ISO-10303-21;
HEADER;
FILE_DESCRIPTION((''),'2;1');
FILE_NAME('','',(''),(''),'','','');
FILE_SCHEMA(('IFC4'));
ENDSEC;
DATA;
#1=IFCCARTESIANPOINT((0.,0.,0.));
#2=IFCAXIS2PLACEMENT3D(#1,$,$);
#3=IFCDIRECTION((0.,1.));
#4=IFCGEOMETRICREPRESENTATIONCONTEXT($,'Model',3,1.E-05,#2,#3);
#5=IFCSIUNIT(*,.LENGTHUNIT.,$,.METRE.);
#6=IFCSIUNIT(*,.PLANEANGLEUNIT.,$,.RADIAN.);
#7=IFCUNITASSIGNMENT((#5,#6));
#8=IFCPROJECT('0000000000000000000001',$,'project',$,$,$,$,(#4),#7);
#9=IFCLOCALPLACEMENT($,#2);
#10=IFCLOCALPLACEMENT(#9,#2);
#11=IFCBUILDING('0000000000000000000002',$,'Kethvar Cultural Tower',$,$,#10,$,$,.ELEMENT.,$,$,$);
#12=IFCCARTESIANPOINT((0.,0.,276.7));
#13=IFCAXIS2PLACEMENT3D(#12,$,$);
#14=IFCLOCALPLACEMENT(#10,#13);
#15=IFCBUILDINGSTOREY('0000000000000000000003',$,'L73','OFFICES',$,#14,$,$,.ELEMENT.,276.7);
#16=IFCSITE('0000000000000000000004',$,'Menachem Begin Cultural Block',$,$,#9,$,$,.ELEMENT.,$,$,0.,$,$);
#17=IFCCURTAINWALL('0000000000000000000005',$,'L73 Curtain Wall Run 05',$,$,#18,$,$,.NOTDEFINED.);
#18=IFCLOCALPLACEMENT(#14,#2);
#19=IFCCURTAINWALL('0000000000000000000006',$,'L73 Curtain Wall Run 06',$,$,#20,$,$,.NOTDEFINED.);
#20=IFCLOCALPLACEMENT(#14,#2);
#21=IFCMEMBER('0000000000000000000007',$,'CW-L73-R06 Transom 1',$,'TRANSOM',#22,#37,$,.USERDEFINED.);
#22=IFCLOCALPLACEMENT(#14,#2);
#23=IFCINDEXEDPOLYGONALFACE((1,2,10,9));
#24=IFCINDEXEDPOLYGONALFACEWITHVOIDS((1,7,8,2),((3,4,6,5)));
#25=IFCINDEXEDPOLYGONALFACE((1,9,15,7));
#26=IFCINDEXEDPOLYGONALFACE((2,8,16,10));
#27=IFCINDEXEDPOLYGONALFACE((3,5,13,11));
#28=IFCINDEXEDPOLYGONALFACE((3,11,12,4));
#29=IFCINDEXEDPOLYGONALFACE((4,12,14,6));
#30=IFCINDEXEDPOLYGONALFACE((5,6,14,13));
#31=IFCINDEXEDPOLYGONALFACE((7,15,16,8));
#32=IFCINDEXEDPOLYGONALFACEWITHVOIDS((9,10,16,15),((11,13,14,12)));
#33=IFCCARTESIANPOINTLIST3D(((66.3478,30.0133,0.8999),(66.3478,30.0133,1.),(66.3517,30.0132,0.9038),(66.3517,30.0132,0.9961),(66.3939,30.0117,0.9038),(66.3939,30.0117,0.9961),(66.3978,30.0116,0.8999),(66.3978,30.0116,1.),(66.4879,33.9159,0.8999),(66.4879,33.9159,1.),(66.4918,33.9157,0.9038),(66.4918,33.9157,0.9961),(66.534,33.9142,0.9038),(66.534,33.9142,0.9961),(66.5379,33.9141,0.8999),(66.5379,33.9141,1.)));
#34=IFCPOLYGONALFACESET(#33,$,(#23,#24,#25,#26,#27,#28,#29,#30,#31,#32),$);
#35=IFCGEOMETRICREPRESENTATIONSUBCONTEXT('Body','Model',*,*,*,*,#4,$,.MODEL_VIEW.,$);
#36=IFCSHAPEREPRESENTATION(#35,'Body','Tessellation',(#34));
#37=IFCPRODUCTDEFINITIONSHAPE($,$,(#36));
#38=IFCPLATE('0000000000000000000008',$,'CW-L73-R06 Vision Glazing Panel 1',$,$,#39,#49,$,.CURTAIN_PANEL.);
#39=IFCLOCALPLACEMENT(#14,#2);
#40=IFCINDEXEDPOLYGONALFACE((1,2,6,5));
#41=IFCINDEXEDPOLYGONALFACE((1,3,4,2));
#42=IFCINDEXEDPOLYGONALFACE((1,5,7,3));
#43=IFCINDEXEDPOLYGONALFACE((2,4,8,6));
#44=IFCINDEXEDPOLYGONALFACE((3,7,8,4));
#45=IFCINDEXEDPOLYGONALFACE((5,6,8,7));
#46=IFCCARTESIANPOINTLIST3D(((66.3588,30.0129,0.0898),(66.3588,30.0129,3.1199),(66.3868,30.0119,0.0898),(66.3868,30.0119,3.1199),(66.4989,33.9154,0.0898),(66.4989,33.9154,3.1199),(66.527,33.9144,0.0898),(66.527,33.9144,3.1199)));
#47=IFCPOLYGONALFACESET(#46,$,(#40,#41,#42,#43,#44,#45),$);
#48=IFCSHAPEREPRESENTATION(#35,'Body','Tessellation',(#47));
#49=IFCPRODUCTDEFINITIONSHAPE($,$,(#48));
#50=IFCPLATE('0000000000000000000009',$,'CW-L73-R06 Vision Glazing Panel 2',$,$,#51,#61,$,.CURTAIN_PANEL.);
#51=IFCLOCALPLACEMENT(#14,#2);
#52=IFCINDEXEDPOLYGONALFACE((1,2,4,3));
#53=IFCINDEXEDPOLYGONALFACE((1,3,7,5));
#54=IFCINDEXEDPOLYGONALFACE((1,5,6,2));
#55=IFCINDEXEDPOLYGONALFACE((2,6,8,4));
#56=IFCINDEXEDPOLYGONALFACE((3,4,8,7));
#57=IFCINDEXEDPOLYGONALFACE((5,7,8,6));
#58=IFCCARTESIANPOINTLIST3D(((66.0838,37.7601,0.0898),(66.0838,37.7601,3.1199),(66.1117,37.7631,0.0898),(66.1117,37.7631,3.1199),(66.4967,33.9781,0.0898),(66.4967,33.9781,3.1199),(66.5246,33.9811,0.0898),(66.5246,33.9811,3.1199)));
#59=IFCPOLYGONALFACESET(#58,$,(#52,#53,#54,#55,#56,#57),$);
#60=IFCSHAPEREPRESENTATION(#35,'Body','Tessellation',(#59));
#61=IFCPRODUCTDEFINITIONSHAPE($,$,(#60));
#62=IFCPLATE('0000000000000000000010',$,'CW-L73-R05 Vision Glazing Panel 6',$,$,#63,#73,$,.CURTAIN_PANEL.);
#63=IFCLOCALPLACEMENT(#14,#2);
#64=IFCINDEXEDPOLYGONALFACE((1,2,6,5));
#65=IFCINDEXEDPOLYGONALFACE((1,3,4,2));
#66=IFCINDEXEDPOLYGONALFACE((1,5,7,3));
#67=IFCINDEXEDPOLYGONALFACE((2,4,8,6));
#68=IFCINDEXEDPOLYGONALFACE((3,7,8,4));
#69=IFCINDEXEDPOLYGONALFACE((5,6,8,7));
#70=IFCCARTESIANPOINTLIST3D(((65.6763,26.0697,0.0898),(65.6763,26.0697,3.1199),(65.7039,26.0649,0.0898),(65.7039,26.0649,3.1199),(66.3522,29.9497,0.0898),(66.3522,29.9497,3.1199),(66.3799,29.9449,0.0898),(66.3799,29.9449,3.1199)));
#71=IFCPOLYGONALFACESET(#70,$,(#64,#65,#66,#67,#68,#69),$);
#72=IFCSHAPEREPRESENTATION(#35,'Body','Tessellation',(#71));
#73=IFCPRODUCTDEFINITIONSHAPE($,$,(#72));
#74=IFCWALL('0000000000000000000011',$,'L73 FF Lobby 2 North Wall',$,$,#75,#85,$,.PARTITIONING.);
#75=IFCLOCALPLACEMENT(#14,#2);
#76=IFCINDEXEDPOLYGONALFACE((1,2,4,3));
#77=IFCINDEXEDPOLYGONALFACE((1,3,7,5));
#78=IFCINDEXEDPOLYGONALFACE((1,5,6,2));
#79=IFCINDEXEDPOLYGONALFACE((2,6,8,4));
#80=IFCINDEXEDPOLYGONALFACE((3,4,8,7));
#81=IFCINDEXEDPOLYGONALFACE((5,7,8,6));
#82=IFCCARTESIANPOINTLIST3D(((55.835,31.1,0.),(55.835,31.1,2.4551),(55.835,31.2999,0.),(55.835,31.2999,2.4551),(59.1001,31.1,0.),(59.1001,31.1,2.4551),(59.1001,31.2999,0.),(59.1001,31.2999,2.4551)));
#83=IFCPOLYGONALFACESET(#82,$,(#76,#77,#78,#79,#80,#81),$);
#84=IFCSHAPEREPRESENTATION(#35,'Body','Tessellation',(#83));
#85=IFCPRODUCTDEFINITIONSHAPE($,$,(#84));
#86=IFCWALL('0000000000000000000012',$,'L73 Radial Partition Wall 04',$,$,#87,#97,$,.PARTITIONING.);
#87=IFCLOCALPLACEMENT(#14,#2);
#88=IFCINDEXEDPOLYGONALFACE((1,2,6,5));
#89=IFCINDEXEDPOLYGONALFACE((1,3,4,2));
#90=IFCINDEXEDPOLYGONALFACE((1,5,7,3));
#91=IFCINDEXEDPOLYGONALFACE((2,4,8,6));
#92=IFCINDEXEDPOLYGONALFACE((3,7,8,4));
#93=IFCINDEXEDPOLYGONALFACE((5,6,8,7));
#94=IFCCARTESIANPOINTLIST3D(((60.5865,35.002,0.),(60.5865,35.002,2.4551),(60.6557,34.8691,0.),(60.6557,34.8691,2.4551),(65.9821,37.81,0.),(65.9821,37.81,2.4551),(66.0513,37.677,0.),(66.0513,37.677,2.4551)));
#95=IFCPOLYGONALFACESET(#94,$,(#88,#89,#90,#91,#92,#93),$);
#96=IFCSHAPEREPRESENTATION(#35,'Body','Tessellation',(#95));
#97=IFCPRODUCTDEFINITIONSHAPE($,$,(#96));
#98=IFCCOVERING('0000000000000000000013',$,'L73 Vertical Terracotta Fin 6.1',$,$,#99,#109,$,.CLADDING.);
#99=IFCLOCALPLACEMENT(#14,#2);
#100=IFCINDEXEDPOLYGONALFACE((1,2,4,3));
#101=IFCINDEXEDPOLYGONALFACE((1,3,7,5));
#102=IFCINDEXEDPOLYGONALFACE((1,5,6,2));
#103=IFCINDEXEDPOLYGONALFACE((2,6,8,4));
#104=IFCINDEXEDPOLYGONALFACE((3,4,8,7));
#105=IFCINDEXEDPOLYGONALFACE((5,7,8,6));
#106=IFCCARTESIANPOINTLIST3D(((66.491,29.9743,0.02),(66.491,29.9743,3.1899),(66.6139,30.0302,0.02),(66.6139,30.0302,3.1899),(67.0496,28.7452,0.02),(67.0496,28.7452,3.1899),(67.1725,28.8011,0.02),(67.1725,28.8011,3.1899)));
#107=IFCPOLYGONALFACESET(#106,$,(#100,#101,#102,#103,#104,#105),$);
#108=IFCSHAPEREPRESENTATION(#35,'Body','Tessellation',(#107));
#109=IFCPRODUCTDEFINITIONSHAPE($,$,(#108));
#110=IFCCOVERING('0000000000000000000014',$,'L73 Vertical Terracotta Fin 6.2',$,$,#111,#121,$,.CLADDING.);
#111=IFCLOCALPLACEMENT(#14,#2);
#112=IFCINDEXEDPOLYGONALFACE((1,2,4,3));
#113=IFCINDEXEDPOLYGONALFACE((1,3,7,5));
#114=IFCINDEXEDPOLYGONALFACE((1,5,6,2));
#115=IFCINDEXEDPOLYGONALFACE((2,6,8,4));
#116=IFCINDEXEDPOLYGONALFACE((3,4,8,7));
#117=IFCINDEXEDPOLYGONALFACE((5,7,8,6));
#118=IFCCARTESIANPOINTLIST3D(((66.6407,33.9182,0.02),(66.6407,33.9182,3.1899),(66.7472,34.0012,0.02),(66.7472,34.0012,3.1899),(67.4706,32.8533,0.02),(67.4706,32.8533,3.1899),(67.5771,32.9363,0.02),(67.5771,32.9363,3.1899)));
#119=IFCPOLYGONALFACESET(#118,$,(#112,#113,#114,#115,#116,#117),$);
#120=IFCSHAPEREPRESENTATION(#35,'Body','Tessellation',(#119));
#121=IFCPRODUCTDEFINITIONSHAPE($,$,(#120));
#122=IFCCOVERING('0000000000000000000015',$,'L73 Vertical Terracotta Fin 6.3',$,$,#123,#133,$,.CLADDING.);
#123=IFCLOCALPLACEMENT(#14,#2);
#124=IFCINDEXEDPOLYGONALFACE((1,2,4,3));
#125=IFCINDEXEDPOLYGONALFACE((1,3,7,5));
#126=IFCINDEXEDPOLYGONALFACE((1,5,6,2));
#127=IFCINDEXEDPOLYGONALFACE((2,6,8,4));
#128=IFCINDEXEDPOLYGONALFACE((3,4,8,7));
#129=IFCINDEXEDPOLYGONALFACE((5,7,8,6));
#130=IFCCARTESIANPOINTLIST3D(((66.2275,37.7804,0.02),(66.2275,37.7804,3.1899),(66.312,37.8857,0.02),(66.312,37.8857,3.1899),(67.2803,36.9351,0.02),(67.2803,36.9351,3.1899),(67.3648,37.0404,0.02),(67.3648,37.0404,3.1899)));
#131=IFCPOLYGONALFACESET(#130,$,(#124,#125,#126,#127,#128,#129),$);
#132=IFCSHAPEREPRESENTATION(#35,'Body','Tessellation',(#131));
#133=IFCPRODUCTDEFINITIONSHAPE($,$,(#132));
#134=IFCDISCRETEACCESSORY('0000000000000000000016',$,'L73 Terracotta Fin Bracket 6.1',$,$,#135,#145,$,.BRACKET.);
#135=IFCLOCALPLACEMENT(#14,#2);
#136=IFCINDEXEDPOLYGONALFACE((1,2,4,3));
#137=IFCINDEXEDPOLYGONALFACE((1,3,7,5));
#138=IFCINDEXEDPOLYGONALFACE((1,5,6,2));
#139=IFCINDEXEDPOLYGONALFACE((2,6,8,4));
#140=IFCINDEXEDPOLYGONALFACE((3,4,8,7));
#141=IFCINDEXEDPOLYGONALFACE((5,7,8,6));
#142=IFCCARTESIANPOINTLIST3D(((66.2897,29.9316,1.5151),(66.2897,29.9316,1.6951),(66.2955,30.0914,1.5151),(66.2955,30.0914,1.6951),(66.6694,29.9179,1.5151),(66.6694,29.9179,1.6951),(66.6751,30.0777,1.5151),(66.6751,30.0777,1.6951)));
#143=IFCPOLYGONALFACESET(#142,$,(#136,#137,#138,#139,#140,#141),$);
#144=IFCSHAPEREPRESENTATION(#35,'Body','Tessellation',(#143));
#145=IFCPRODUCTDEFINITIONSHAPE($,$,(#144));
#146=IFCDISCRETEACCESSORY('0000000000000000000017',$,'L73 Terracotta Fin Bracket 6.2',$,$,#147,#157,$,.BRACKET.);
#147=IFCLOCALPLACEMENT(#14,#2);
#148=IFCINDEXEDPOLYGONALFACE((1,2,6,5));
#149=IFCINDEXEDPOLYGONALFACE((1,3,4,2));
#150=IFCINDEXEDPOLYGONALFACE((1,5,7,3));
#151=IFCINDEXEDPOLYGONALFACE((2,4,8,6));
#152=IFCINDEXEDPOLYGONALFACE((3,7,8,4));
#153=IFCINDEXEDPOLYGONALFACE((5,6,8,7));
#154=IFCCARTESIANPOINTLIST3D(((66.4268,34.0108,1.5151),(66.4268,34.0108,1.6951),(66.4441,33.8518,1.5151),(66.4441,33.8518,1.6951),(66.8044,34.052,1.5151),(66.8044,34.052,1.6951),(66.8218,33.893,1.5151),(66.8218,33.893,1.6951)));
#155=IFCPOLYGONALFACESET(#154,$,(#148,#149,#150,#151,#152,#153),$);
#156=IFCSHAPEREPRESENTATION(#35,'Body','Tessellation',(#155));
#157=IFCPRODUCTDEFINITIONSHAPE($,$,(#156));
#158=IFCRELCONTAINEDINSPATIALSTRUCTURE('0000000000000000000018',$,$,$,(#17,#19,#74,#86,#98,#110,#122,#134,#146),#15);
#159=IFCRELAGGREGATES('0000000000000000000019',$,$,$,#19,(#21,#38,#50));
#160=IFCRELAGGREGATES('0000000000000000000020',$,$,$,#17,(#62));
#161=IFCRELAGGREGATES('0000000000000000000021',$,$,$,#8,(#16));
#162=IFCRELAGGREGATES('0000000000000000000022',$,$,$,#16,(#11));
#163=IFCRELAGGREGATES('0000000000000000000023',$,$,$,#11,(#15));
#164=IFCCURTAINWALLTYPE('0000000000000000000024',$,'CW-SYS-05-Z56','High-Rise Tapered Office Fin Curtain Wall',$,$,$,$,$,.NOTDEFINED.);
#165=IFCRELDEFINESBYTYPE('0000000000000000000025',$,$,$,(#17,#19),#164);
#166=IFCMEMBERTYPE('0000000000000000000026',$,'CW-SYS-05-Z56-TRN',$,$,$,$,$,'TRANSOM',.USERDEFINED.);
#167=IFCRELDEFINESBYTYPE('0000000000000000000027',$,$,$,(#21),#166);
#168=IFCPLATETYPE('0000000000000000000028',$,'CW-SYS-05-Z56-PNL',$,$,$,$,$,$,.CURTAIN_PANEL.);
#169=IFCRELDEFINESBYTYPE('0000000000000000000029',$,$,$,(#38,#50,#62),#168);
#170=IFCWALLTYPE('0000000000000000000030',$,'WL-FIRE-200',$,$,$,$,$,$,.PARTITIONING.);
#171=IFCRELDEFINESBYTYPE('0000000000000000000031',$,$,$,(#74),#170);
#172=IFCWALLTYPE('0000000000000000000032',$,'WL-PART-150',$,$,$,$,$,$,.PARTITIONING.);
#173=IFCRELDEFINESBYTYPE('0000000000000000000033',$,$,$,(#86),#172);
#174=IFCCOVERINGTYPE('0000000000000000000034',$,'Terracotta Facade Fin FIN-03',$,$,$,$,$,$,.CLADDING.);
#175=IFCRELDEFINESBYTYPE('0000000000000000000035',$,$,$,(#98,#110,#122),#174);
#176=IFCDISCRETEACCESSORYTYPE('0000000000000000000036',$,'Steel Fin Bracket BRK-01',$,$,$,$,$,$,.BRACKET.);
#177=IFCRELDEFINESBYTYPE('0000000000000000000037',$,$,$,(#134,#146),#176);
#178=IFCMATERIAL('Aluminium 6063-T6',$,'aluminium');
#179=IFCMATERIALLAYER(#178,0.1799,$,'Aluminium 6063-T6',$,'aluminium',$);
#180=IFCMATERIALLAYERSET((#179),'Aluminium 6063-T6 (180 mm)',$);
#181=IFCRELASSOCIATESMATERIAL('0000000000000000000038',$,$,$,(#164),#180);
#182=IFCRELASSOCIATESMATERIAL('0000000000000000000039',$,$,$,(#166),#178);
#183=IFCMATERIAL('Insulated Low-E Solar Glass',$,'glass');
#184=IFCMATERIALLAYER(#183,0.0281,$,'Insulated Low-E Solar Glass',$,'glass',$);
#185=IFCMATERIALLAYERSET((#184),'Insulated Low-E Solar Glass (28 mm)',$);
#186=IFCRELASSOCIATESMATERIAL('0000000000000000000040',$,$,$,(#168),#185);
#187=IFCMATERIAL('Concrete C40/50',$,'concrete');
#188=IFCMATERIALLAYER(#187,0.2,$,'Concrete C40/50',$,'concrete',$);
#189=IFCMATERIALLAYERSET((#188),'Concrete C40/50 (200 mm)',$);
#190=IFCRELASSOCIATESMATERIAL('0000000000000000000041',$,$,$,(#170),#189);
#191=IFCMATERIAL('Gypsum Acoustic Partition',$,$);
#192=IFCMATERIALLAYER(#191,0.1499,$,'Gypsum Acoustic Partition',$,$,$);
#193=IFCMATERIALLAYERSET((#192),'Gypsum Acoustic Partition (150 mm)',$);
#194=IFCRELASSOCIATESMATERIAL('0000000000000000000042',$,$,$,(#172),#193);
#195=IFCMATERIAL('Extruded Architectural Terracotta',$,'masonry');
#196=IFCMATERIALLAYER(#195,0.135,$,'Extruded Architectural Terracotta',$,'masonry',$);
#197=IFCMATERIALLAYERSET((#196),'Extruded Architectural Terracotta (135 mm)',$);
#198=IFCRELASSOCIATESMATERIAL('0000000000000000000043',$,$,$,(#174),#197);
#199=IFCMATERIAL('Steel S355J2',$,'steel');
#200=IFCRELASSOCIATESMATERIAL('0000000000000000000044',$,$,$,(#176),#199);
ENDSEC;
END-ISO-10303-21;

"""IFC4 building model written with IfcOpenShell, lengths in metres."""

from ifc_helpers import new_model, si_unit, direction, frame, frame_2d, origin, origin_2d, place, context, subcontext, project, spatial, rectangle, hollow_rectangle, extrude, source, transform, mapped, material, layer, layer_set, material_profile, profile_set, type_object, element, aggregate, save


model = new_model("IFC4")

# Units and contexts
model_context = context("Model", 3, precision=1e-05, world=origin(), true_north=direction((0.0, 1.0)))
body_context = subcontext(model_context, "Body", "Model", "MODEL_VIEW")
ifc_project = project(units=[si_unit("LENGTHUNIT", "METRE"), si_unit("PLANEANGLEUNIT", "RADIAN")], contexts=[model_context])

# Site, building, storey
site_placement = place(None, origin())
site = spatial("IfcSite", under=ifc_project, at=site_placement, Name="Menachem Begin Cultural Block", CompositionType="ELEMENT", RefElevation=0.0)
building_placement = place(site_placement, origin())
building = spatial("IfcBuilding", under=site, at=building_placement, Name="Kethvar Cultural Tower", CompositionType="ELEMENT")
storey_placement = place(building_placement, frame((0.0, 0.0, 276.7)))
storey = spatial("IfcBuildingStorey", under=building, at=storey_placement, Name="L73", Description="OFFICES", CompositionType="ELEMENT", Elevation=276.7)

# Shared definitions
ifc_material_1 = material(Name="Steel S355J2", Category="steel")

# Curtain wall
ifc_material_2 = material(Name="Aluminium 6063-T6", Category="aluminium")
ifc_layer_1 = layer(ifc_material_2, 0.1799, Name="Aluminium 6063-T6", Category="aluminium")
ifc_layer_set_1 = layer_set([ifc_layer_1], Name="Aluminium 6063-T6 (180 mm)")
curtain_wall_type = type_object("IfcCurtainWallType", Name="CW-SYS-05-Z56", Description="High-Rise Tapered Office Fin Curtain Wall", PredefinedType="NOTDEFINED", material=ifc_layer_set_1)
curtain_wall_1_placement = place(storey_placement, origin())
curtain_wall_1 = element("IfcCurtainWall", 1, at=curtain_wall_1_placement, inside=storey, type_object=curtain_wall_type, Name="L73 Curtain Wall Run 05", PredefinedType="NOTDEFINED")

# Curtain wall, member, plates
curtain_wall_2_placement = place(storey_placement, origin())
curtain_wall_2 = element("IfcCurtainWall", 2, at=curtain_wall_2_placement, inside=storey, type_object=curtain_wall_type, Name="L73 Curtain Wall Run 06", PredefinedType="NOTDEFINED")
ifc_material_profile_1 = material_profile(ifc_material_2, hollow_rectangle(XDim=0.05, YDim=0.1001, WallThickness=0.0039, at=origin_2d()), Name="Aluminium 6063-T6 — RHS100x50x4")
ifc_profile_set_1 = profile_set([ifc_material_profile_1], Name="Aluminium 6063-T6 — RHS100x50x4")
member_type_1 = type_object("IfcMemberType", Name="CW-SYS-05-Z56-TRN", ElementType="TRANSOM", PredefinedType="USERDEFINED", material=ifc_profile_set_1)
shared_shape_1 = source(origin(), body_context, "Body", "SweptSolid", [
    extrude(hollow_rectangle(XDim=0.05, YDim=0.1001, WallThickness=0.0039, at=origin_2d()), origin(), (0.0, 0.0, 1.0), 3.905),
])
member_1_placement = place(storey_placement, frame((66.3728, 30.0125, 0.95), z_axis=(0.035886, 0.999356, 0.0), x_axis=(-0.999356, 0.035886, 0.0)))
member_1 = element("IfcMember", 3, at=member_1_placement, type_object=member_type_1, Name="CW-L73-R06 Transom 1", ObjectType="TRANSOM", PredefinedType="USERDEFINED", context=body_context, shape_type="MappedRepresentation", body=[
    mapped(shared_shape_1, transform((0.0, 0.0, 0.0), scale=1.0)),
])
ifc_material_3 = material(Name="Insulated Low-E Solar Glass", Category="glass")
ifc_layer_2 = layer(ifc_material_3, 0.0281, Name="Insulated Low-E Solar Glass", Category="glass")
ifc_layer_set_2 = layer_set([ifc_layer_2], Name="Insulated Low-E Solar Glass (28 mm)")
plate_type = type_object("IfcPlateType", Name="CW-SYS-05-Z56-PNL", PredefinedType="CURTAIN_PANEL", material=ifc_layer_set_2)
shared_shape_2 = source(origin(), body_context, "Body", "SweptSolid", [
    extrude(rectangle(XDim=3.905, YDim=0.0281, at=origin_2d()), origin(), (0.0, 0.0, 1.0), 3.03),
])
plate_1_placement = place(storey_placement, frame((66.4429, 31.9636, 0.0898), z_axis=(0.0, 0.0, 1.0), x_axis=(0.035894, 0.999356, 0.0)))
plate_1 = element("IfcPlate", 4, at=plate_1_placement, type_object=plate_type, Name="CW-L73-R06 Vision Glazing Panel 1", PredefinedType="CURTAIN_PANEL", context=body_context, shape_type="MappedRepresentation", body=[
    mapped(shared_shape_2, transform((0.0, 0.0, 0.0), scale=1.0)),
])
shared_shape_3 = source(origin(), body_context, "Body", "SweptSolid", [
    extrude(rectangle(XDim=3.8044, YDim=0.0281, at=origin_2d()), origin(), (0.0, 0.0, 1.0), 3.03),
])
plate_2_placement = place(storey_placement, frame((66.3042, 35.8706, 0.0898), z_axis=(0.0, 0.0, 1.0), x_axis=(-0.108537, 0.994092, 0.0)))
plate_2 = element("IfcPlate", 5, at=plate_2_placement, type_object=plate_type, Name="CW-L73-R06 Vision Glazing Panel 2", PredefinedType="CURTAIN_PANEL", context=body_context, shape_type="MappedRepresentation", body=[
    mapped(shared_shape_3, transform((0.0, 0.0, 0.0), scale=1.0)),
])
aggregate(curtain_wall_2, [member_1, plate_1, plate_2])

# Plate
shared_shape_4 = source(origin(), body_context, "Body", "SweptSolid", [
    extrude(rectangle(XDim=3.9385, YDim=0.0281, at=origin_2d()), origin(), (0.0, 0.0, 1.0), 3.03),
])
plate_3_placement = place(storey_placement, frame((66.0281, 28.0073, 0.0898), z_axis=(0.0, 0.0, 1.0), x_axis=(0.171637, 0.98516, 0.0)))
plate_3 = element("IfcPlate", 6, at=plate_3_placement, type_object=plate_type, Name="CW-L73-R05 Vision Glazing Panel 6", PredefinedType="CURTAIN_PANEL", context=body_context, shape_type="MappedRepresentation", body=[
    mapped(shared_shape_4, transform((0.0, 0.0, 0.0), scale=1.0)),
])
aggregate(curtain_wall_1, [plate_3])

# Walls
ifc_material_4 = material(Name="Concrete C40/50", Category="concrete")
ifc_layer_3 = layer(ifc_material_4, 0.2, Name="Concrete C40/50", Category="concrete")
ifc_layer_set_3 = layer_set([ifc_layer_3], Name="Concrete C40/50 (200 mm)")
wall_type_1 = type_object("IfcWallType", Name="WL-FIRE-200", PredefinedType="PARTITIONING", material=ifc_layer_set_3)
wall_1_placement = place(storey_placement, frame((55.835, 31.2, 0.0), z_axis=(0.0, 0.0, 1.0), x_axis=(1.0, 0.0, 0.0)))
element("IfcWall", 7, at=wall_1_placement, inside=storey, type_object=wall_type_1, Name="L73 FF Lobby 2 North Wall", PredefinedType="PARTITIONING", context=body_context, shape_type="SweptSolid", body=[
    extrude(rectangle(XDim=3.2651, YDim=0.2, at=frame_2d((1.6326, 0.0))), origin(), (0.0, 0.0, 1.0), 2.4551),
])
ifc_material_5 = material(Name="Gypsum Acoustic Partition")
ifc_layer_4 = layer(ifc_material_5, 0.1499, Name="Gypsum Acoustic Partition")
ifc_layer_set_4 = layer_set([ifc_layer_4], Name="Gypsum Acoustic Partition (150 mm)")
wall_type_2 = type_object("IfcWallType", Name="WL-PART-150", PredefinedType="PARTITIONING", material=ifc_layer_set_4)
wall_2_placement = place(storey_placement, frame((60.6211, 34.9355, 0.0), z_axis=(0.0, 0.0, 1.0), x_axis=(0.887069, 0.461637, 0.0)))
element("IfcWall", 8, at=wall_2_placement, inside=storey, type_object=wall_type_2, Name="L73 Radial Partition Wall 04", PredefinedType="PARTITIONING", context=body_context, shape_type="SweptSolid", body=[
    extrude(rectangle(XDim=6.0825, YDim=0.1499, at=frame_2d((3.0413, 0.0))), origin(), (0.0, 0.0, 1.0), 2.4551),
])

# Coverings
ifc_material_6 = material(Name="Extruded Architectural Terracotta", Category="masonry")
ifc_layer_5 = layer(ifc_material_6, 0.135, Name="Extruded Architectural Terracotta", Category="masonry")
ifc_layer_set_5 = layer_set([ifc_layer_5], Name="Extruded Architectural Terracotta (135 mm)")
covering_type = type_object("IfcCoveringType", Name="Terracotta Facade Fin FIN-03", PredefinedType="CLADDING", material=ifc_layer_set_5)
shared_shape_5 = source(origin(), body_context, "Body", "SweptSolid", [
    extrude(rectangle(XDim=1.3501, YDim=0.135, at=origin_2d()), origin(), (0.0, 0.0, 1.0), 3.1699),
])
for number, where, z_axis, x_axis, name in (
    (9, (66.8318, 29.3877, 0.02), (0.0, 0.0, 1.0), (0.41374, -0.910395, 0.0), "L73 Vertical Terracotta Fin 6.1"),
    (10, (67.1089, 33.4272, 0.02), (0.0, 0.0, 1.0), (0.614698, -0.788762, 0.0), "L73 Vertical Terracotta Fin 6.2"),
    (11, (66.7961, 37.4104, 0.02), (0.0, 0.0, 1.0), (0.779775, -0.62606, 0.0), "L73 Vertical Terracotta Fin 6.3"),
):
    element("IfcCovering", number, at=place(storey_placement, frame(where, z_axis=z_axis, x_axis=x_axis)), inside=storey, type_object=covering_type, Name=name, PredefinedType="CLADDING", context=body_context, shape_type="MappedRepresentation", body=[
        mapped(shared_shape_5, transform((0.0, 0.0, 0.0), scale=1.0)),
    ])

# Discrete accessories
discrete_accessory_type = type_object("IfcDiscreteAccessoryType", Name="Steel Fin Bracket BRK-01", PredefinedType="BRACKET", material=ifc_material_1)
shared_shape_6 = source(origin(), body_context, "Body", "SweptSolid", [
    extrude(rectangle(XDim=0.3799, YDim=0.1599, at=origin_2d()), origin(), (0.0, 0.0, 1.0), 0.1799),
])
for number, where, z_axis, x_axis, name in (
    (12, (66.4824, 30.0046, 1.5151), (0.0, 0.0, 1.0), (0.999354, -0.035946, 0.0), "L73 Terracotta Fin Bracket 6.1"),
    (13, (66.6243, 33.9519, 1.5151), (0.0, 0.0, 1.0), (0.994094, 0.10852, 0.0), "L73 Terracotta Fin Bracket 6.2"),
):
    element("IfcDiscreteAccessory", number, at=place(storey_placement, frame(where, z_axis=z_axis, x_axis=x_axis)), inside=storey, type_object=discrete_accessory_type, Name=name, PredefinedType="BRACKET", context=body_context, shape_type="MappedRepresentation", body=[
        mapped(shared_shape_6, transform((0.0, 0.0, 0.0), scale=1.0)),
    ])

save(model, "model.ifc")
